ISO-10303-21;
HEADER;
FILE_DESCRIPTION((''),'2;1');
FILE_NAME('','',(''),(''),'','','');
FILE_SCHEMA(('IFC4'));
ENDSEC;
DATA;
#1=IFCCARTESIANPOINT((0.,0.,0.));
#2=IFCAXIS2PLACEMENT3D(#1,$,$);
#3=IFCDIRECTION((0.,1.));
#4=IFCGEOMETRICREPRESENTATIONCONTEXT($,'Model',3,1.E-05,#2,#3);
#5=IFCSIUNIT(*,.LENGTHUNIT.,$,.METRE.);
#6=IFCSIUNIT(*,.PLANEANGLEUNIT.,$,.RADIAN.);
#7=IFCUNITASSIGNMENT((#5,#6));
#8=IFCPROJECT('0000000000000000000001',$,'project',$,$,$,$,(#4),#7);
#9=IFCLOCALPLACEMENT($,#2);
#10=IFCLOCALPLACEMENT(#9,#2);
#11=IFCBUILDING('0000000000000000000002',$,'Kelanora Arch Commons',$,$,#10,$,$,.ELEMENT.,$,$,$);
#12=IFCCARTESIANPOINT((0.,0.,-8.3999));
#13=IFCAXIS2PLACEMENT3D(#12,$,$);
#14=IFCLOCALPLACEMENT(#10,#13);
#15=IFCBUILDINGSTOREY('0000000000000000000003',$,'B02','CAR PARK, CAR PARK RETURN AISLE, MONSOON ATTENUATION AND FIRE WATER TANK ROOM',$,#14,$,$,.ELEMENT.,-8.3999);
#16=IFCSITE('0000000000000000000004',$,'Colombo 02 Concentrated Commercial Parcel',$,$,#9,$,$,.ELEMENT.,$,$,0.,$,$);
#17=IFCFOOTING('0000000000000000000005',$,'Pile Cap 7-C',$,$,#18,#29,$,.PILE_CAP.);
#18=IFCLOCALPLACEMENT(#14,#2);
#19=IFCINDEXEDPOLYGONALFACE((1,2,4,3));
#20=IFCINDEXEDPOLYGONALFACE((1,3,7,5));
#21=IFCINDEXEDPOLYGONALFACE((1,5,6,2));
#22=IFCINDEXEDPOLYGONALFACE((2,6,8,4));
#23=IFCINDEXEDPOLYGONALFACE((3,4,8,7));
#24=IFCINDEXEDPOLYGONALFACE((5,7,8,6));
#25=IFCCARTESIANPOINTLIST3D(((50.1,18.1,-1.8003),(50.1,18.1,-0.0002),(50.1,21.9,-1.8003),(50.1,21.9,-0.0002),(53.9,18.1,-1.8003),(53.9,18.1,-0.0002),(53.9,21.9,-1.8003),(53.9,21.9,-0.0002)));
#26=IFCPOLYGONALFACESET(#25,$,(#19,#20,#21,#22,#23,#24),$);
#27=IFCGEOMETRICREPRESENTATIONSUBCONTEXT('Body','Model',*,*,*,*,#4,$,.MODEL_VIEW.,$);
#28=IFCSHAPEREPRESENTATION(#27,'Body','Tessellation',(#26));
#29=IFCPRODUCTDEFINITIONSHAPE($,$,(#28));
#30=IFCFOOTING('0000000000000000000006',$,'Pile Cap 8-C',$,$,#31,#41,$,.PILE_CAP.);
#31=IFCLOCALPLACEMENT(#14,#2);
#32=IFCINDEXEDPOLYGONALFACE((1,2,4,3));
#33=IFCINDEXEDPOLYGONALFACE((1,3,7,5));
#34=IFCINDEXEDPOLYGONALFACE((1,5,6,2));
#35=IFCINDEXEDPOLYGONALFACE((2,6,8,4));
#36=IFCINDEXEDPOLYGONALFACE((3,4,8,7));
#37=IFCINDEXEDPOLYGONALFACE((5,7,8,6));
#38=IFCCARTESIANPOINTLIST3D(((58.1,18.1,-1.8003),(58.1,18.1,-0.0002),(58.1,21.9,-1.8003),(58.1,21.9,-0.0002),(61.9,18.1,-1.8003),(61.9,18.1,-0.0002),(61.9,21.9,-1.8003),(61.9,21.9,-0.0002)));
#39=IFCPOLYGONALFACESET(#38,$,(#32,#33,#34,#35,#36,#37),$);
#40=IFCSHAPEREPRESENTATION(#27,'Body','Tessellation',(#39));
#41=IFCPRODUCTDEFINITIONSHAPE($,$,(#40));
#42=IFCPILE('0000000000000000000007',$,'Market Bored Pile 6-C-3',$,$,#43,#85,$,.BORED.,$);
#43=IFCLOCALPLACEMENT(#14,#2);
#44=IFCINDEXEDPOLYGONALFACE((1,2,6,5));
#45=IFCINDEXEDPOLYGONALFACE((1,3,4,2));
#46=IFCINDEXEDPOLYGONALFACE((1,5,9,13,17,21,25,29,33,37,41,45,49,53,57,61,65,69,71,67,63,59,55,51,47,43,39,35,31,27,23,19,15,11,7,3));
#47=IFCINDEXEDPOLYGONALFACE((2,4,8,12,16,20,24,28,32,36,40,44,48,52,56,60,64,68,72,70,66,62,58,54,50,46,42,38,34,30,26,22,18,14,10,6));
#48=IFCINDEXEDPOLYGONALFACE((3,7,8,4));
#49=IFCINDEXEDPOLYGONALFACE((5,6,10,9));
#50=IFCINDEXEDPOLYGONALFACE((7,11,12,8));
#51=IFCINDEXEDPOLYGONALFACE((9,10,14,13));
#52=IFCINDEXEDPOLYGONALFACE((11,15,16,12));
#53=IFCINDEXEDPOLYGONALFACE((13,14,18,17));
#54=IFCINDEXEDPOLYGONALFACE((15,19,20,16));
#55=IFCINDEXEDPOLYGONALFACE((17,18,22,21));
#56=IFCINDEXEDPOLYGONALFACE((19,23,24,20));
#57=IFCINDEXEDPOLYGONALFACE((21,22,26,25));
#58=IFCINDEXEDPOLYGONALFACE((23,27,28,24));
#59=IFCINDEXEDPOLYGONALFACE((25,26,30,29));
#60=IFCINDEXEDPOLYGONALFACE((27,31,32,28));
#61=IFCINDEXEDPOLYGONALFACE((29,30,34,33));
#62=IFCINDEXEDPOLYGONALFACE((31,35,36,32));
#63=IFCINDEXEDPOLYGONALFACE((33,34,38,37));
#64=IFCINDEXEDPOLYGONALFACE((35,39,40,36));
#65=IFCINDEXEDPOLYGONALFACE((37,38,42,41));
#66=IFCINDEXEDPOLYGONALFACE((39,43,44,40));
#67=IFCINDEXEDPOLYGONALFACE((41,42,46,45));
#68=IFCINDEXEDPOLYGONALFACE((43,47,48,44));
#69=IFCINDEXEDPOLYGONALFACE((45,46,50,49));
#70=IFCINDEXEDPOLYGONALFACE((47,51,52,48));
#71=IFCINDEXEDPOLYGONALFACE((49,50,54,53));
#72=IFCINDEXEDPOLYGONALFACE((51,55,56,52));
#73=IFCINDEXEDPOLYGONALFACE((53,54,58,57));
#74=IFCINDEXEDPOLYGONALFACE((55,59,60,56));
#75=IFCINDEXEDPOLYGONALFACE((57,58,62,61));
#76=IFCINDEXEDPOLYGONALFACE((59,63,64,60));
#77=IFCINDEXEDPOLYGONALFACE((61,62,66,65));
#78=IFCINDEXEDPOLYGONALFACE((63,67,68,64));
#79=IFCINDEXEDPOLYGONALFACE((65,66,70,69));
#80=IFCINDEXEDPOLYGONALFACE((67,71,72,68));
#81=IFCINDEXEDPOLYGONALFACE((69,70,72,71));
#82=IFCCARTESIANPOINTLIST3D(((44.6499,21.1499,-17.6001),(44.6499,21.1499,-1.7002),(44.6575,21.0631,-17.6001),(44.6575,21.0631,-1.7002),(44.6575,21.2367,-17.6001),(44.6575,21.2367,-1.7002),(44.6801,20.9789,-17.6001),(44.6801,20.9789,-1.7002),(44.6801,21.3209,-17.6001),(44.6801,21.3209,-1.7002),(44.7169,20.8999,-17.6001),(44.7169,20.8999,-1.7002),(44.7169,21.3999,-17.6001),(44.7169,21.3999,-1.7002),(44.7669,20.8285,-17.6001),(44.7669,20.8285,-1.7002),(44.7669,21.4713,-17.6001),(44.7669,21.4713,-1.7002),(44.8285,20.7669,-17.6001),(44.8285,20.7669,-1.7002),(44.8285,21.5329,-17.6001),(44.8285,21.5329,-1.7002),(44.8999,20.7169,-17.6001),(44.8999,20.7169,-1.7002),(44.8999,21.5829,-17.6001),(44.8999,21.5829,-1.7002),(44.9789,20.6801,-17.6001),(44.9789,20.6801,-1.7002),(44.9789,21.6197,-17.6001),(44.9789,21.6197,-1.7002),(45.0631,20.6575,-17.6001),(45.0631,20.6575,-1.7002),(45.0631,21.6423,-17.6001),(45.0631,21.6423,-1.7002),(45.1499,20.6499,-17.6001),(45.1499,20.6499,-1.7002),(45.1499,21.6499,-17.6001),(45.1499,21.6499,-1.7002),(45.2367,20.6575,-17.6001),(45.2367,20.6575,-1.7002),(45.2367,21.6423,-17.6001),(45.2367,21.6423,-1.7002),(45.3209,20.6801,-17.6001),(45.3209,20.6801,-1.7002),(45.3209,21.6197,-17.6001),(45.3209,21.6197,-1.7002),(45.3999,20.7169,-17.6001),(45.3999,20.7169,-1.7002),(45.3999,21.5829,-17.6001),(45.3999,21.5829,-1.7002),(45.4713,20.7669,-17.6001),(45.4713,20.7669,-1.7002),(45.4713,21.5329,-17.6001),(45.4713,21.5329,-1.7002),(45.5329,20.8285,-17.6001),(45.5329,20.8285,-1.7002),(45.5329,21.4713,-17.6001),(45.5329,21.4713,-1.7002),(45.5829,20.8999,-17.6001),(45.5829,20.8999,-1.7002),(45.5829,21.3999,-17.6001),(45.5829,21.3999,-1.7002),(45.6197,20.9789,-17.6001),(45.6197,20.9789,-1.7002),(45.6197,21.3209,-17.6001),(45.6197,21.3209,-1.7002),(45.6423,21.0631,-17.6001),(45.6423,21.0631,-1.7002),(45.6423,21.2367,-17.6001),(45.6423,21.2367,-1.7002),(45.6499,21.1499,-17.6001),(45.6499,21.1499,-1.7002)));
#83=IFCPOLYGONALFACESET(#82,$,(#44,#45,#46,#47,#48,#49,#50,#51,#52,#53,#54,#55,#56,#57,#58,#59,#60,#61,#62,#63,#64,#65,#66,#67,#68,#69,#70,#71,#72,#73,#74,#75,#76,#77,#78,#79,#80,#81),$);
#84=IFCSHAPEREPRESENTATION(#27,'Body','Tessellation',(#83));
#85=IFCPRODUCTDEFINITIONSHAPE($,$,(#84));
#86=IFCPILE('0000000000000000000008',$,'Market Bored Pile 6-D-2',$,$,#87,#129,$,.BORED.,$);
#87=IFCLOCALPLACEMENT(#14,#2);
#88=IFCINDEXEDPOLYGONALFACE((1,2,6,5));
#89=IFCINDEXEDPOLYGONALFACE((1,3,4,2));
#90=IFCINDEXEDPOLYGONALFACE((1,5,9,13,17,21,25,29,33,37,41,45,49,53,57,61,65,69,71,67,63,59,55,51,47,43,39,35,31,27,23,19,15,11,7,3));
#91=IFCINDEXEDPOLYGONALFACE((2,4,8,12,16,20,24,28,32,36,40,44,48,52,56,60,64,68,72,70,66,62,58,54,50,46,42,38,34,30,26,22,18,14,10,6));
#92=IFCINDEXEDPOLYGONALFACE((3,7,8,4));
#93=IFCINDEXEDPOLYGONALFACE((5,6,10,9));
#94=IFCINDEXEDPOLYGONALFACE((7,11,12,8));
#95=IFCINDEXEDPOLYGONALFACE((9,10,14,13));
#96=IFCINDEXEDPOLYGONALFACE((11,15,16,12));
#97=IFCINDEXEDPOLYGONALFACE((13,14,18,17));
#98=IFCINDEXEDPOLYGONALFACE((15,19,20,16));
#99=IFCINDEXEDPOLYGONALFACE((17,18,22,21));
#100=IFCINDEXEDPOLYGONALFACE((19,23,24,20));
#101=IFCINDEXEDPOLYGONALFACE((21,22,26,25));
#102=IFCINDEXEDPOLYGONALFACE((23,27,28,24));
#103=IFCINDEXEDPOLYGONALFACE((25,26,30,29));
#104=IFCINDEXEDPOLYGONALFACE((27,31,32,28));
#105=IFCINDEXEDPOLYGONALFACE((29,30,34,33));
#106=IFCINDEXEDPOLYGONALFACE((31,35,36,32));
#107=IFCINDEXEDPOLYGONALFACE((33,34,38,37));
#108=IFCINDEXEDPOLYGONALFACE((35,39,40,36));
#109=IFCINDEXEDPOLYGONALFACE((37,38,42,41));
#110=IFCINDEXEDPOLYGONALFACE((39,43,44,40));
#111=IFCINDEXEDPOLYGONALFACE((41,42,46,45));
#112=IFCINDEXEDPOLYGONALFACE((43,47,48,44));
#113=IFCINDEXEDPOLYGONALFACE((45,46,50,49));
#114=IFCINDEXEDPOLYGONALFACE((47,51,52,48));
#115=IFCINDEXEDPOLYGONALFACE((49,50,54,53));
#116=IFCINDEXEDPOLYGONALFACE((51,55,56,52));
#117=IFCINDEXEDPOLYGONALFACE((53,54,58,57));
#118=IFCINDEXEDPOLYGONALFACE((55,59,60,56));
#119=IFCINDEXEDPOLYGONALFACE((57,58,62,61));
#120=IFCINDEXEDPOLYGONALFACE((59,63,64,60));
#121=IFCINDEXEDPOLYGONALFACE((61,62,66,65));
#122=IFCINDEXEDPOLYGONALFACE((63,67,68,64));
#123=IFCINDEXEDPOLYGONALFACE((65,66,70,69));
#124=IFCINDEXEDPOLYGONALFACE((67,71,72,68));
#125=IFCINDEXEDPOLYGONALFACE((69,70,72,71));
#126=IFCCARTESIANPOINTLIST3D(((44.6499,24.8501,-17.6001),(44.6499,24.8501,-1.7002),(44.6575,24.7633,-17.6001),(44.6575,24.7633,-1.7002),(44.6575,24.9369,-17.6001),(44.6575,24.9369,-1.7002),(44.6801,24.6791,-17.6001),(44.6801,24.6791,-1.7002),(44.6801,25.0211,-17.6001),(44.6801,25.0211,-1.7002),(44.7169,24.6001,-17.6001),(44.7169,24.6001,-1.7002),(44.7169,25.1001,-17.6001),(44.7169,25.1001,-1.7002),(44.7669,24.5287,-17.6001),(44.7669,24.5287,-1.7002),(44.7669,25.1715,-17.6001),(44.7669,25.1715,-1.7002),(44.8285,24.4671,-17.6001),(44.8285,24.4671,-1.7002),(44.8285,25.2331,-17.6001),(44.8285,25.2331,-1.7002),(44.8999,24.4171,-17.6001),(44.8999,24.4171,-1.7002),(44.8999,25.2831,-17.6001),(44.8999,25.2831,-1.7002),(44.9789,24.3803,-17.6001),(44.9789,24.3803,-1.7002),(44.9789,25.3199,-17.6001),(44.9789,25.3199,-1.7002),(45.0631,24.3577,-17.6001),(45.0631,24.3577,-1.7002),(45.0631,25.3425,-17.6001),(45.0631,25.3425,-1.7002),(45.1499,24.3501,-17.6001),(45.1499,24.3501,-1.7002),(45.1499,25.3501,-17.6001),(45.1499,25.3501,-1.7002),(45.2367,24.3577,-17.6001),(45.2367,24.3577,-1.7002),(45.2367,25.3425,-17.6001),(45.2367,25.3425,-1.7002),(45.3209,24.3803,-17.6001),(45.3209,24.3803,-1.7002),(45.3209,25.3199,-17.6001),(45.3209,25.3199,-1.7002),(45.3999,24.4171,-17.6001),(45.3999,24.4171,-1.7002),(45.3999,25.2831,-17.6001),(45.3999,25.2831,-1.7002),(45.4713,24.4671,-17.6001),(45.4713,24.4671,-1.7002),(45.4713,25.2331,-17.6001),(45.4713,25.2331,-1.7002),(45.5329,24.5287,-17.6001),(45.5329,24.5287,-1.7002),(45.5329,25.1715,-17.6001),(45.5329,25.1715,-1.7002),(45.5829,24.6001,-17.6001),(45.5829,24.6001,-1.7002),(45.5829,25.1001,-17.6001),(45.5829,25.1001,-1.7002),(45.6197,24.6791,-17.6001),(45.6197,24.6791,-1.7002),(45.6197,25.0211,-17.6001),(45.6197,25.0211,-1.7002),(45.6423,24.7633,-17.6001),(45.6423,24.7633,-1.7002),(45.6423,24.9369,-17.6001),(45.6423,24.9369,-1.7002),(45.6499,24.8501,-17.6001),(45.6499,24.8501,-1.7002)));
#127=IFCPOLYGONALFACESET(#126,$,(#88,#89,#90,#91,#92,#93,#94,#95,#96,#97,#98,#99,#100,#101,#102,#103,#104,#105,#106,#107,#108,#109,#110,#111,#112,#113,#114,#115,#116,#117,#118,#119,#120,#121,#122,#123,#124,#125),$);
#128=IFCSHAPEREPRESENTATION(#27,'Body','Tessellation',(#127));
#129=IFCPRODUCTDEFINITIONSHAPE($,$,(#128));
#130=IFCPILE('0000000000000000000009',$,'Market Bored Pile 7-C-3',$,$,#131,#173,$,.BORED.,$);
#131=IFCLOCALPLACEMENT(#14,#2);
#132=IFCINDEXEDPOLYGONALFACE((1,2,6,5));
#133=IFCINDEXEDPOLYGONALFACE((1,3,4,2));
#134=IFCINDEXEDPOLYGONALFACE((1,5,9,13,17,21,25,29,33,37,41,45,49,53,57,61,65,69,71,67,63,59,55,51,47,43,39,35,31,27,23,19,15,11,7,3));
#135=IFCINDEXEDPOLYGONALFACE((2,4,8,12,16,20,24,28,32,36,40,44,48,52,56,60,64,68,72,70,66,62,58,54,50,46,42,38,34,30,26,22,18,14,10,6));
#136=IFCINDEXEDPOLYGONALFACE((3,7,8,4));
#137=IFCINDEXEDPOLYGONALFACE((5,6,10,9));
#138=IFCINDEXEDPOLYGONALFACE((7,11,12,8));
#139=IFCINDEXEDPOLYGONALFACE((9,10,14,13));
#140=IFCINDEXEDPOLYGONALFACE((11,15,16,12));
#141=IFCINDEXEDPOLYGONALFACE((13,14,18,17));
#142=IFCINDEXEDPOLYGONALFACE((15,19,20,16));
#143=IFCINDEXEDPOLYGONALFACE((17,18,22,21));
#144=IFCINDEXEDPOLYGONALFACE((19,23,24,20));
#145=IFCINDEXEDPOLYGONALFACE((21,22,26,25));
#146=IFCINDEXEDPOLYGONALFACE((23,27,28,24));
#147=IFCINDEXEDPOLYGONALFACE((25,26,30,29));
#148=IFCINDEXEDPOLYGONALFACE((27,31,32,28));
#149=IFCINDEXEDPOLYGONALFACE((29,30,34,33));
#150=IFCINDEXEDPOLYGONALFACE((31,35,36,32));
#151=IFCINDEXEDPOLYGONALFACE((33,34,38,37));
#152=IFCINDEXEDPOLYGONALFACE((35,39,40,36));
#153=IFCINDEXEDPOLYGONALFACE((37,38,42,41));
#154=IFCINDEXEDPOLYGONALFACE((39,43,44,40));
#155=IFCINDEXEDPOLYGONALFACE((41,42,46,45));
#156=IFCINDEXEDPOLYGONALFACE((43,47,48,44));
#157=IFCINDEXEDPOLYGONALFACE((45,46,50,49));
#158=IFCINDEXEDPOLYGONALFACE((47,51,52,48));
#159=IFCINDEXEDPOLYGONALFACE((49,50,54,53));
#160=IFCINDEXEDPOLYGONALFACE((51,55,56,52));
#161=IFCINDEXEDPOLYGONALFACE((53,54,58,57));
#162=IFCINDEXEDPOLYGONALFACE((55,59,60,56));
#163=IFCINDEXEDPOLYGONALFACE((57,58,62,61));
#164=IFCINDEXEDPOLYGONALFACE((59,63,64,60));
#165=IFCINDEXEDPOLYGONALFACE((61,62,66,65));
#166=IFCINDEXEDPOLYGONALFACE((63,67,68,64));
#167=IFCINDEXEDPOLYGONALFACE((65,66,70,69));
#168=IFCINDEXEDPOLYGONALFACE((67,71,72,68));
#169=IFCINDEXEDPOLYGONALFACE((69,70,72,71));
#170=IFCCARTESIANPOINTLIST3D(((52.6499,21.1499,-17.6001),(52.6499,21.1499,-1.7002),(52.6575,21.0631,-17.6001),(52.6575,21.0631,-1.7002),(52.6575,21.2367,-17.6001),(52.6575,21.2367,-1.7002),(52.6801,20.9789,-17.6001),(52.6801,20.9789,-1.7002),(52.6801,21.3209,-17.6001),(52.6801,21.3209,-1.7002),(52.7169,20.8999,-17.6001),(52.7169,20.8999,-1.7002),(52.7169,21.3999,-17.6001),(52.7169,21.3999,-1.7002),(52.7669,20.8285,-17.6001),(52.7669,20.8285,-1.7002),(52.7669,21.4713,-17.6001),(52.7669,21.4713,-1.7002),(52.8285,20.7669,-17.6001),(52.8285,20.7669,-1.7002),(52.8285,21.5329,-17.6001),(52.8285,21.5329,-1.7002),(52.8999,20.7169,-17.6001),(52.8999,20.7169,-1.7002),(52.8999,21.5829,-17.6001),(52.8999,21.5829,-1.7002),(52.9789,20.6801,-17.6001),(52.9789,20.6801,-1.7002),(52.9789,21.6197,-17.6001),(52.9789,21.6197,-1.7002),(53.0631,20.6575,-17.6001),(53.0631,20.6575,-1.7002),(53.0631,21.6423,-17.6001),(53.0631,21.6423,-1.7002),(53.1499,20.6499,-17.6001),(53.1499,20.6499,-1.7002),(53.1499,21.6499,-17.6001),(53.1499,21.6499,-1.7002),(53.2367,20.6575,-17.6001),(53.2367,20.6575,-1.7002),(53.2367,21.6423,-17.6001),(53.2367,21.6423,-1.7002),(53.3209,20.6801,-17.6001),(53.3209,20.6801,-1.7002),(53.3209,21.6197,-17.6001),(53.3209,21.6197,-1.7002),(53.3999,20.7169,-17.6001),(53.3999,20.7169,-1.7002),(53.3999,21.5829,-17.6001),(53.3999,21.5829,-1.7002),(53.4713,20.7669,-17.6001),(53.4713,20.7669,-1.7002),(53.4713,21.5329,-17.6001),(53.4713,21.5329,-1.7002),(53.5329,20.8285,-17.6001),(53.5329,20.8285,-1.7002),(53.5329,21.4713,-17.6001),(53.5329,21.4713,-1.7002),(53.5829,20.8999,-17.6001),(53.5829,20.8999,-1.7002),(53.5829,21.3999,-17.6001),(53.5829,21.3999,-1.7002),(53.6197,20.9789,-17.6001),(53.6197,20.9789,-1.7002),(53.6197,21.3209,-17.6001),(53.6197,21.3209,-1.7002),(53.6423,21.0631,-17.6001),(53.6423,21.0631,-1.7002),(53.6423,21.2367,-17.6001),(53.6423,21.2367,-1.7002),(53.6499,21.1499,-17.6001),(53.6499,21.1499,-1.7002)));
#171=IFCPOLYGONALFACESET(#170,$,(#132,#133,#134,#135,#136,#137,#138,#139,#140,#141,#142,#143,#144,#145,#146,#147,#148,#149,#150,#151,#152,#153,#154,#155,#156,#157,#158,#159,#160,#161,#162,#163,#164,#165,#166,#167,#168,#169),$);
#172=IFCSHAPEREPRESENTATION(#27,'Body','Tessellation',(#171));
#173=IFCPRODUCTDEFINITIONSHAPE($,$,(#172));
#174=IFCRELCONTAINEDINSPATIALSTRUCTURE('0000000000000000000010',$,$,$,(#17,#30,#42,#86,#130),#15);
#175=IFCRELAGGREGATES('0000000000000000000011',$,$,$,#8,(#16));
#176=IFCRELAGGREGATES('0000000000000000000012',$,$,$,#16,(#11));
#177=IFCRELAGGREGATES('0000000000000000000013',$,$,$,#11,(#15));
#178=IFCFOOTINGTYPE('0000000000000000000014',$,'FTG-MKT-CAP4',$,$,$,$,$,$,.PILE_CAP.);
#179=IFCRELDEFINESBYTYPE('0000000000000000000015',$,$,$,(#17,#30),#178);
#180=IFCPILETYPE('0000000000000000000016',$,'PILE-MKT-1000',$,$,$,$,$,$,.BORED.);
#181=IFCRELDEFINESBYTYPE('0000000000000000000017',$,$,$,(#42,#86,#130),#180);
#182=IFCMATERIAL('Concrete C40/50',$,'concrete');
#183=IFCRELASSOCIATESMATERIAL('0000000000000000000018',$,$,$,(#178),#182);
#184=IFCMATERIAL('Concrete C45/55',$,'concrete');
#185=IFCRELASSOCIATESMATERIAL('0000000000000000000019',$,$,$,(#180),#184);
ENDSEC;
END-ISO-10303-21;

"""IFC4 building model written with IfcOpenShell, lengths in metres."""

from ifc_helpers import new_model, si_unit, direction, frame, origin, origin_2d, place, context, subcontext, project, spatial, rectangle, circle, extrude, source, transform, mapped, material, material_profile, profile_set, type_object, element, save


model = new_model("IFC4")

# Units and contexts
model_context = context("Model", 3, precision=1e-05, world=origin(), true_north=direction((0.0, 1.0)))
body_context = subcontext(model_context, "Body", "Model", "MODEL_VIEW")
ifc_project = project(units=[si_unit("LENGTHUNIT", "METRE"), si_unit("PLANEANGLEUNIT", "RADIAN")], contexts=[model_context])

# Site, building, storey
site_placement = place(None, origin())
site = spatial("IfcSite", under=ifc_project, at=site_placement, Name="Colombo 02 Concentrated Commercial Parcel", CompositionType="ELEMENT", RefElevation=0.0)
building_placement = place(site_placement, origin())
building = spatial("IfcBuilding", under=site, at=building_placement, Name="Kelanora Arch Commons", CompositionType="ELEMENT")
storey_placement = place(building_placement, frame((0.0, 0.0, -8.3999)))
storey = spatial("IfcBuildingStorey", under=building, at=storey_placement, Name="B02", Description="CAR PARK, CAR PARK RETURN AISLE, MONSOON ATTENUATION AND FIRE WATER TANK ROOM", CompositionType="ELEMENT", Elevation=-8.3999)

# Footings
ifc_material_1 = material(Name="Concrete C40/50", Category="concrete")
footing_type_1 = type_object("IfcFootingType", Name="FTG-MKT-CAP4", PredefinedType="PILE_CAP", material=ifc_material_1)
shared_shape_1 = source(origin(), body_context, "Body", "SweptSolid", [
    extrude(rectangle(XDim=3.8, YDim=3.8, at=origin_2d()), origin(), (0.0, 0.0, 1.0), 1.8),
])
for number, where, z_axis, x_axis, name in (
    (1, (52.0, 20.0, -1.8003), (0.0, 0.0, 1.0), (1.0, 0.0, 0.0), "Pile Cap 7-C"),
    (2, (60.0, 20.0, -1.8003), (0.0, 0.0, 1.0), (1.0, 0.0, 0.0), "Pile Cap 8-C"),
):
    element("IfcFooting", number, at=place(storey_placement, frame(where, z_axis=z_axis, x_axis=x_axis)), inside=storey, type_object=footing_type_1, Name=name, PredefinedType="PILE_CAP", context=body_context, shape_type="MappedRepresentation", body=[
        mapped(shared_shape_1, transform((0.0, 0.0, 0.0), scale=1.0)),
    ])

# Piles
ifc_material_2 = material(Name="Concrete C45/55", Category="concrete")
ifc_material_profile_1 = material_profile(ifc_material_2, circle(Radius=0.5, at=origin_2d()), Name="PILE1000")
ifc_profile_set_1 = profile_set([ifc_material_profile_1], Name="Concrete C45/55")
pile_type = type_object("IfcPileType", Name="PILE-MKT-1000", PredefinedType="BORED", material=ifc_profile_set_1)
shared_shape_2 = source(origin(), body_context, "Body", "SweptSolid", [
    extrude(circle(Radius=0.5, at=origin_2d()), origin(), (0.0, 0.0, 1.0), 15.8999),
])
for number, where, z_axis, x_axis, name in (
    (3, (45.1499, 21.1499, -1.7002), (0.0, 0.0, -1.0), (1.0, 0.0, 0.0), "Market Bored Pile 6-C-3"),
    (4, (45.1499, 24.8501, -1.7002), (0.0, 0.0, -1.0), (1.0, 0.0, 0.0), "Market Bored Pile 6-D-2"),
    (5, (53.1499, 21.1499, -1.7002), (0.0, 0.0, -1.0), (1.0, 0.0, 0.0), "Market Bored Pile 7-C-3"),
):
    element("IfcPile", number, at=place(storey_placement, frame(where, z_axis=z_axis, x_axis=x_axis)), inside=storey, type_object=pile_type, Name=name, PredefinedType="BORED", context=body_context, shape_type="MappedRepresentation", body=[
        mapped(shared_shape_2, transform((0.0, 0.0, 0.0), scale=1.0)),
    ])

save(model, "model.ifc")
